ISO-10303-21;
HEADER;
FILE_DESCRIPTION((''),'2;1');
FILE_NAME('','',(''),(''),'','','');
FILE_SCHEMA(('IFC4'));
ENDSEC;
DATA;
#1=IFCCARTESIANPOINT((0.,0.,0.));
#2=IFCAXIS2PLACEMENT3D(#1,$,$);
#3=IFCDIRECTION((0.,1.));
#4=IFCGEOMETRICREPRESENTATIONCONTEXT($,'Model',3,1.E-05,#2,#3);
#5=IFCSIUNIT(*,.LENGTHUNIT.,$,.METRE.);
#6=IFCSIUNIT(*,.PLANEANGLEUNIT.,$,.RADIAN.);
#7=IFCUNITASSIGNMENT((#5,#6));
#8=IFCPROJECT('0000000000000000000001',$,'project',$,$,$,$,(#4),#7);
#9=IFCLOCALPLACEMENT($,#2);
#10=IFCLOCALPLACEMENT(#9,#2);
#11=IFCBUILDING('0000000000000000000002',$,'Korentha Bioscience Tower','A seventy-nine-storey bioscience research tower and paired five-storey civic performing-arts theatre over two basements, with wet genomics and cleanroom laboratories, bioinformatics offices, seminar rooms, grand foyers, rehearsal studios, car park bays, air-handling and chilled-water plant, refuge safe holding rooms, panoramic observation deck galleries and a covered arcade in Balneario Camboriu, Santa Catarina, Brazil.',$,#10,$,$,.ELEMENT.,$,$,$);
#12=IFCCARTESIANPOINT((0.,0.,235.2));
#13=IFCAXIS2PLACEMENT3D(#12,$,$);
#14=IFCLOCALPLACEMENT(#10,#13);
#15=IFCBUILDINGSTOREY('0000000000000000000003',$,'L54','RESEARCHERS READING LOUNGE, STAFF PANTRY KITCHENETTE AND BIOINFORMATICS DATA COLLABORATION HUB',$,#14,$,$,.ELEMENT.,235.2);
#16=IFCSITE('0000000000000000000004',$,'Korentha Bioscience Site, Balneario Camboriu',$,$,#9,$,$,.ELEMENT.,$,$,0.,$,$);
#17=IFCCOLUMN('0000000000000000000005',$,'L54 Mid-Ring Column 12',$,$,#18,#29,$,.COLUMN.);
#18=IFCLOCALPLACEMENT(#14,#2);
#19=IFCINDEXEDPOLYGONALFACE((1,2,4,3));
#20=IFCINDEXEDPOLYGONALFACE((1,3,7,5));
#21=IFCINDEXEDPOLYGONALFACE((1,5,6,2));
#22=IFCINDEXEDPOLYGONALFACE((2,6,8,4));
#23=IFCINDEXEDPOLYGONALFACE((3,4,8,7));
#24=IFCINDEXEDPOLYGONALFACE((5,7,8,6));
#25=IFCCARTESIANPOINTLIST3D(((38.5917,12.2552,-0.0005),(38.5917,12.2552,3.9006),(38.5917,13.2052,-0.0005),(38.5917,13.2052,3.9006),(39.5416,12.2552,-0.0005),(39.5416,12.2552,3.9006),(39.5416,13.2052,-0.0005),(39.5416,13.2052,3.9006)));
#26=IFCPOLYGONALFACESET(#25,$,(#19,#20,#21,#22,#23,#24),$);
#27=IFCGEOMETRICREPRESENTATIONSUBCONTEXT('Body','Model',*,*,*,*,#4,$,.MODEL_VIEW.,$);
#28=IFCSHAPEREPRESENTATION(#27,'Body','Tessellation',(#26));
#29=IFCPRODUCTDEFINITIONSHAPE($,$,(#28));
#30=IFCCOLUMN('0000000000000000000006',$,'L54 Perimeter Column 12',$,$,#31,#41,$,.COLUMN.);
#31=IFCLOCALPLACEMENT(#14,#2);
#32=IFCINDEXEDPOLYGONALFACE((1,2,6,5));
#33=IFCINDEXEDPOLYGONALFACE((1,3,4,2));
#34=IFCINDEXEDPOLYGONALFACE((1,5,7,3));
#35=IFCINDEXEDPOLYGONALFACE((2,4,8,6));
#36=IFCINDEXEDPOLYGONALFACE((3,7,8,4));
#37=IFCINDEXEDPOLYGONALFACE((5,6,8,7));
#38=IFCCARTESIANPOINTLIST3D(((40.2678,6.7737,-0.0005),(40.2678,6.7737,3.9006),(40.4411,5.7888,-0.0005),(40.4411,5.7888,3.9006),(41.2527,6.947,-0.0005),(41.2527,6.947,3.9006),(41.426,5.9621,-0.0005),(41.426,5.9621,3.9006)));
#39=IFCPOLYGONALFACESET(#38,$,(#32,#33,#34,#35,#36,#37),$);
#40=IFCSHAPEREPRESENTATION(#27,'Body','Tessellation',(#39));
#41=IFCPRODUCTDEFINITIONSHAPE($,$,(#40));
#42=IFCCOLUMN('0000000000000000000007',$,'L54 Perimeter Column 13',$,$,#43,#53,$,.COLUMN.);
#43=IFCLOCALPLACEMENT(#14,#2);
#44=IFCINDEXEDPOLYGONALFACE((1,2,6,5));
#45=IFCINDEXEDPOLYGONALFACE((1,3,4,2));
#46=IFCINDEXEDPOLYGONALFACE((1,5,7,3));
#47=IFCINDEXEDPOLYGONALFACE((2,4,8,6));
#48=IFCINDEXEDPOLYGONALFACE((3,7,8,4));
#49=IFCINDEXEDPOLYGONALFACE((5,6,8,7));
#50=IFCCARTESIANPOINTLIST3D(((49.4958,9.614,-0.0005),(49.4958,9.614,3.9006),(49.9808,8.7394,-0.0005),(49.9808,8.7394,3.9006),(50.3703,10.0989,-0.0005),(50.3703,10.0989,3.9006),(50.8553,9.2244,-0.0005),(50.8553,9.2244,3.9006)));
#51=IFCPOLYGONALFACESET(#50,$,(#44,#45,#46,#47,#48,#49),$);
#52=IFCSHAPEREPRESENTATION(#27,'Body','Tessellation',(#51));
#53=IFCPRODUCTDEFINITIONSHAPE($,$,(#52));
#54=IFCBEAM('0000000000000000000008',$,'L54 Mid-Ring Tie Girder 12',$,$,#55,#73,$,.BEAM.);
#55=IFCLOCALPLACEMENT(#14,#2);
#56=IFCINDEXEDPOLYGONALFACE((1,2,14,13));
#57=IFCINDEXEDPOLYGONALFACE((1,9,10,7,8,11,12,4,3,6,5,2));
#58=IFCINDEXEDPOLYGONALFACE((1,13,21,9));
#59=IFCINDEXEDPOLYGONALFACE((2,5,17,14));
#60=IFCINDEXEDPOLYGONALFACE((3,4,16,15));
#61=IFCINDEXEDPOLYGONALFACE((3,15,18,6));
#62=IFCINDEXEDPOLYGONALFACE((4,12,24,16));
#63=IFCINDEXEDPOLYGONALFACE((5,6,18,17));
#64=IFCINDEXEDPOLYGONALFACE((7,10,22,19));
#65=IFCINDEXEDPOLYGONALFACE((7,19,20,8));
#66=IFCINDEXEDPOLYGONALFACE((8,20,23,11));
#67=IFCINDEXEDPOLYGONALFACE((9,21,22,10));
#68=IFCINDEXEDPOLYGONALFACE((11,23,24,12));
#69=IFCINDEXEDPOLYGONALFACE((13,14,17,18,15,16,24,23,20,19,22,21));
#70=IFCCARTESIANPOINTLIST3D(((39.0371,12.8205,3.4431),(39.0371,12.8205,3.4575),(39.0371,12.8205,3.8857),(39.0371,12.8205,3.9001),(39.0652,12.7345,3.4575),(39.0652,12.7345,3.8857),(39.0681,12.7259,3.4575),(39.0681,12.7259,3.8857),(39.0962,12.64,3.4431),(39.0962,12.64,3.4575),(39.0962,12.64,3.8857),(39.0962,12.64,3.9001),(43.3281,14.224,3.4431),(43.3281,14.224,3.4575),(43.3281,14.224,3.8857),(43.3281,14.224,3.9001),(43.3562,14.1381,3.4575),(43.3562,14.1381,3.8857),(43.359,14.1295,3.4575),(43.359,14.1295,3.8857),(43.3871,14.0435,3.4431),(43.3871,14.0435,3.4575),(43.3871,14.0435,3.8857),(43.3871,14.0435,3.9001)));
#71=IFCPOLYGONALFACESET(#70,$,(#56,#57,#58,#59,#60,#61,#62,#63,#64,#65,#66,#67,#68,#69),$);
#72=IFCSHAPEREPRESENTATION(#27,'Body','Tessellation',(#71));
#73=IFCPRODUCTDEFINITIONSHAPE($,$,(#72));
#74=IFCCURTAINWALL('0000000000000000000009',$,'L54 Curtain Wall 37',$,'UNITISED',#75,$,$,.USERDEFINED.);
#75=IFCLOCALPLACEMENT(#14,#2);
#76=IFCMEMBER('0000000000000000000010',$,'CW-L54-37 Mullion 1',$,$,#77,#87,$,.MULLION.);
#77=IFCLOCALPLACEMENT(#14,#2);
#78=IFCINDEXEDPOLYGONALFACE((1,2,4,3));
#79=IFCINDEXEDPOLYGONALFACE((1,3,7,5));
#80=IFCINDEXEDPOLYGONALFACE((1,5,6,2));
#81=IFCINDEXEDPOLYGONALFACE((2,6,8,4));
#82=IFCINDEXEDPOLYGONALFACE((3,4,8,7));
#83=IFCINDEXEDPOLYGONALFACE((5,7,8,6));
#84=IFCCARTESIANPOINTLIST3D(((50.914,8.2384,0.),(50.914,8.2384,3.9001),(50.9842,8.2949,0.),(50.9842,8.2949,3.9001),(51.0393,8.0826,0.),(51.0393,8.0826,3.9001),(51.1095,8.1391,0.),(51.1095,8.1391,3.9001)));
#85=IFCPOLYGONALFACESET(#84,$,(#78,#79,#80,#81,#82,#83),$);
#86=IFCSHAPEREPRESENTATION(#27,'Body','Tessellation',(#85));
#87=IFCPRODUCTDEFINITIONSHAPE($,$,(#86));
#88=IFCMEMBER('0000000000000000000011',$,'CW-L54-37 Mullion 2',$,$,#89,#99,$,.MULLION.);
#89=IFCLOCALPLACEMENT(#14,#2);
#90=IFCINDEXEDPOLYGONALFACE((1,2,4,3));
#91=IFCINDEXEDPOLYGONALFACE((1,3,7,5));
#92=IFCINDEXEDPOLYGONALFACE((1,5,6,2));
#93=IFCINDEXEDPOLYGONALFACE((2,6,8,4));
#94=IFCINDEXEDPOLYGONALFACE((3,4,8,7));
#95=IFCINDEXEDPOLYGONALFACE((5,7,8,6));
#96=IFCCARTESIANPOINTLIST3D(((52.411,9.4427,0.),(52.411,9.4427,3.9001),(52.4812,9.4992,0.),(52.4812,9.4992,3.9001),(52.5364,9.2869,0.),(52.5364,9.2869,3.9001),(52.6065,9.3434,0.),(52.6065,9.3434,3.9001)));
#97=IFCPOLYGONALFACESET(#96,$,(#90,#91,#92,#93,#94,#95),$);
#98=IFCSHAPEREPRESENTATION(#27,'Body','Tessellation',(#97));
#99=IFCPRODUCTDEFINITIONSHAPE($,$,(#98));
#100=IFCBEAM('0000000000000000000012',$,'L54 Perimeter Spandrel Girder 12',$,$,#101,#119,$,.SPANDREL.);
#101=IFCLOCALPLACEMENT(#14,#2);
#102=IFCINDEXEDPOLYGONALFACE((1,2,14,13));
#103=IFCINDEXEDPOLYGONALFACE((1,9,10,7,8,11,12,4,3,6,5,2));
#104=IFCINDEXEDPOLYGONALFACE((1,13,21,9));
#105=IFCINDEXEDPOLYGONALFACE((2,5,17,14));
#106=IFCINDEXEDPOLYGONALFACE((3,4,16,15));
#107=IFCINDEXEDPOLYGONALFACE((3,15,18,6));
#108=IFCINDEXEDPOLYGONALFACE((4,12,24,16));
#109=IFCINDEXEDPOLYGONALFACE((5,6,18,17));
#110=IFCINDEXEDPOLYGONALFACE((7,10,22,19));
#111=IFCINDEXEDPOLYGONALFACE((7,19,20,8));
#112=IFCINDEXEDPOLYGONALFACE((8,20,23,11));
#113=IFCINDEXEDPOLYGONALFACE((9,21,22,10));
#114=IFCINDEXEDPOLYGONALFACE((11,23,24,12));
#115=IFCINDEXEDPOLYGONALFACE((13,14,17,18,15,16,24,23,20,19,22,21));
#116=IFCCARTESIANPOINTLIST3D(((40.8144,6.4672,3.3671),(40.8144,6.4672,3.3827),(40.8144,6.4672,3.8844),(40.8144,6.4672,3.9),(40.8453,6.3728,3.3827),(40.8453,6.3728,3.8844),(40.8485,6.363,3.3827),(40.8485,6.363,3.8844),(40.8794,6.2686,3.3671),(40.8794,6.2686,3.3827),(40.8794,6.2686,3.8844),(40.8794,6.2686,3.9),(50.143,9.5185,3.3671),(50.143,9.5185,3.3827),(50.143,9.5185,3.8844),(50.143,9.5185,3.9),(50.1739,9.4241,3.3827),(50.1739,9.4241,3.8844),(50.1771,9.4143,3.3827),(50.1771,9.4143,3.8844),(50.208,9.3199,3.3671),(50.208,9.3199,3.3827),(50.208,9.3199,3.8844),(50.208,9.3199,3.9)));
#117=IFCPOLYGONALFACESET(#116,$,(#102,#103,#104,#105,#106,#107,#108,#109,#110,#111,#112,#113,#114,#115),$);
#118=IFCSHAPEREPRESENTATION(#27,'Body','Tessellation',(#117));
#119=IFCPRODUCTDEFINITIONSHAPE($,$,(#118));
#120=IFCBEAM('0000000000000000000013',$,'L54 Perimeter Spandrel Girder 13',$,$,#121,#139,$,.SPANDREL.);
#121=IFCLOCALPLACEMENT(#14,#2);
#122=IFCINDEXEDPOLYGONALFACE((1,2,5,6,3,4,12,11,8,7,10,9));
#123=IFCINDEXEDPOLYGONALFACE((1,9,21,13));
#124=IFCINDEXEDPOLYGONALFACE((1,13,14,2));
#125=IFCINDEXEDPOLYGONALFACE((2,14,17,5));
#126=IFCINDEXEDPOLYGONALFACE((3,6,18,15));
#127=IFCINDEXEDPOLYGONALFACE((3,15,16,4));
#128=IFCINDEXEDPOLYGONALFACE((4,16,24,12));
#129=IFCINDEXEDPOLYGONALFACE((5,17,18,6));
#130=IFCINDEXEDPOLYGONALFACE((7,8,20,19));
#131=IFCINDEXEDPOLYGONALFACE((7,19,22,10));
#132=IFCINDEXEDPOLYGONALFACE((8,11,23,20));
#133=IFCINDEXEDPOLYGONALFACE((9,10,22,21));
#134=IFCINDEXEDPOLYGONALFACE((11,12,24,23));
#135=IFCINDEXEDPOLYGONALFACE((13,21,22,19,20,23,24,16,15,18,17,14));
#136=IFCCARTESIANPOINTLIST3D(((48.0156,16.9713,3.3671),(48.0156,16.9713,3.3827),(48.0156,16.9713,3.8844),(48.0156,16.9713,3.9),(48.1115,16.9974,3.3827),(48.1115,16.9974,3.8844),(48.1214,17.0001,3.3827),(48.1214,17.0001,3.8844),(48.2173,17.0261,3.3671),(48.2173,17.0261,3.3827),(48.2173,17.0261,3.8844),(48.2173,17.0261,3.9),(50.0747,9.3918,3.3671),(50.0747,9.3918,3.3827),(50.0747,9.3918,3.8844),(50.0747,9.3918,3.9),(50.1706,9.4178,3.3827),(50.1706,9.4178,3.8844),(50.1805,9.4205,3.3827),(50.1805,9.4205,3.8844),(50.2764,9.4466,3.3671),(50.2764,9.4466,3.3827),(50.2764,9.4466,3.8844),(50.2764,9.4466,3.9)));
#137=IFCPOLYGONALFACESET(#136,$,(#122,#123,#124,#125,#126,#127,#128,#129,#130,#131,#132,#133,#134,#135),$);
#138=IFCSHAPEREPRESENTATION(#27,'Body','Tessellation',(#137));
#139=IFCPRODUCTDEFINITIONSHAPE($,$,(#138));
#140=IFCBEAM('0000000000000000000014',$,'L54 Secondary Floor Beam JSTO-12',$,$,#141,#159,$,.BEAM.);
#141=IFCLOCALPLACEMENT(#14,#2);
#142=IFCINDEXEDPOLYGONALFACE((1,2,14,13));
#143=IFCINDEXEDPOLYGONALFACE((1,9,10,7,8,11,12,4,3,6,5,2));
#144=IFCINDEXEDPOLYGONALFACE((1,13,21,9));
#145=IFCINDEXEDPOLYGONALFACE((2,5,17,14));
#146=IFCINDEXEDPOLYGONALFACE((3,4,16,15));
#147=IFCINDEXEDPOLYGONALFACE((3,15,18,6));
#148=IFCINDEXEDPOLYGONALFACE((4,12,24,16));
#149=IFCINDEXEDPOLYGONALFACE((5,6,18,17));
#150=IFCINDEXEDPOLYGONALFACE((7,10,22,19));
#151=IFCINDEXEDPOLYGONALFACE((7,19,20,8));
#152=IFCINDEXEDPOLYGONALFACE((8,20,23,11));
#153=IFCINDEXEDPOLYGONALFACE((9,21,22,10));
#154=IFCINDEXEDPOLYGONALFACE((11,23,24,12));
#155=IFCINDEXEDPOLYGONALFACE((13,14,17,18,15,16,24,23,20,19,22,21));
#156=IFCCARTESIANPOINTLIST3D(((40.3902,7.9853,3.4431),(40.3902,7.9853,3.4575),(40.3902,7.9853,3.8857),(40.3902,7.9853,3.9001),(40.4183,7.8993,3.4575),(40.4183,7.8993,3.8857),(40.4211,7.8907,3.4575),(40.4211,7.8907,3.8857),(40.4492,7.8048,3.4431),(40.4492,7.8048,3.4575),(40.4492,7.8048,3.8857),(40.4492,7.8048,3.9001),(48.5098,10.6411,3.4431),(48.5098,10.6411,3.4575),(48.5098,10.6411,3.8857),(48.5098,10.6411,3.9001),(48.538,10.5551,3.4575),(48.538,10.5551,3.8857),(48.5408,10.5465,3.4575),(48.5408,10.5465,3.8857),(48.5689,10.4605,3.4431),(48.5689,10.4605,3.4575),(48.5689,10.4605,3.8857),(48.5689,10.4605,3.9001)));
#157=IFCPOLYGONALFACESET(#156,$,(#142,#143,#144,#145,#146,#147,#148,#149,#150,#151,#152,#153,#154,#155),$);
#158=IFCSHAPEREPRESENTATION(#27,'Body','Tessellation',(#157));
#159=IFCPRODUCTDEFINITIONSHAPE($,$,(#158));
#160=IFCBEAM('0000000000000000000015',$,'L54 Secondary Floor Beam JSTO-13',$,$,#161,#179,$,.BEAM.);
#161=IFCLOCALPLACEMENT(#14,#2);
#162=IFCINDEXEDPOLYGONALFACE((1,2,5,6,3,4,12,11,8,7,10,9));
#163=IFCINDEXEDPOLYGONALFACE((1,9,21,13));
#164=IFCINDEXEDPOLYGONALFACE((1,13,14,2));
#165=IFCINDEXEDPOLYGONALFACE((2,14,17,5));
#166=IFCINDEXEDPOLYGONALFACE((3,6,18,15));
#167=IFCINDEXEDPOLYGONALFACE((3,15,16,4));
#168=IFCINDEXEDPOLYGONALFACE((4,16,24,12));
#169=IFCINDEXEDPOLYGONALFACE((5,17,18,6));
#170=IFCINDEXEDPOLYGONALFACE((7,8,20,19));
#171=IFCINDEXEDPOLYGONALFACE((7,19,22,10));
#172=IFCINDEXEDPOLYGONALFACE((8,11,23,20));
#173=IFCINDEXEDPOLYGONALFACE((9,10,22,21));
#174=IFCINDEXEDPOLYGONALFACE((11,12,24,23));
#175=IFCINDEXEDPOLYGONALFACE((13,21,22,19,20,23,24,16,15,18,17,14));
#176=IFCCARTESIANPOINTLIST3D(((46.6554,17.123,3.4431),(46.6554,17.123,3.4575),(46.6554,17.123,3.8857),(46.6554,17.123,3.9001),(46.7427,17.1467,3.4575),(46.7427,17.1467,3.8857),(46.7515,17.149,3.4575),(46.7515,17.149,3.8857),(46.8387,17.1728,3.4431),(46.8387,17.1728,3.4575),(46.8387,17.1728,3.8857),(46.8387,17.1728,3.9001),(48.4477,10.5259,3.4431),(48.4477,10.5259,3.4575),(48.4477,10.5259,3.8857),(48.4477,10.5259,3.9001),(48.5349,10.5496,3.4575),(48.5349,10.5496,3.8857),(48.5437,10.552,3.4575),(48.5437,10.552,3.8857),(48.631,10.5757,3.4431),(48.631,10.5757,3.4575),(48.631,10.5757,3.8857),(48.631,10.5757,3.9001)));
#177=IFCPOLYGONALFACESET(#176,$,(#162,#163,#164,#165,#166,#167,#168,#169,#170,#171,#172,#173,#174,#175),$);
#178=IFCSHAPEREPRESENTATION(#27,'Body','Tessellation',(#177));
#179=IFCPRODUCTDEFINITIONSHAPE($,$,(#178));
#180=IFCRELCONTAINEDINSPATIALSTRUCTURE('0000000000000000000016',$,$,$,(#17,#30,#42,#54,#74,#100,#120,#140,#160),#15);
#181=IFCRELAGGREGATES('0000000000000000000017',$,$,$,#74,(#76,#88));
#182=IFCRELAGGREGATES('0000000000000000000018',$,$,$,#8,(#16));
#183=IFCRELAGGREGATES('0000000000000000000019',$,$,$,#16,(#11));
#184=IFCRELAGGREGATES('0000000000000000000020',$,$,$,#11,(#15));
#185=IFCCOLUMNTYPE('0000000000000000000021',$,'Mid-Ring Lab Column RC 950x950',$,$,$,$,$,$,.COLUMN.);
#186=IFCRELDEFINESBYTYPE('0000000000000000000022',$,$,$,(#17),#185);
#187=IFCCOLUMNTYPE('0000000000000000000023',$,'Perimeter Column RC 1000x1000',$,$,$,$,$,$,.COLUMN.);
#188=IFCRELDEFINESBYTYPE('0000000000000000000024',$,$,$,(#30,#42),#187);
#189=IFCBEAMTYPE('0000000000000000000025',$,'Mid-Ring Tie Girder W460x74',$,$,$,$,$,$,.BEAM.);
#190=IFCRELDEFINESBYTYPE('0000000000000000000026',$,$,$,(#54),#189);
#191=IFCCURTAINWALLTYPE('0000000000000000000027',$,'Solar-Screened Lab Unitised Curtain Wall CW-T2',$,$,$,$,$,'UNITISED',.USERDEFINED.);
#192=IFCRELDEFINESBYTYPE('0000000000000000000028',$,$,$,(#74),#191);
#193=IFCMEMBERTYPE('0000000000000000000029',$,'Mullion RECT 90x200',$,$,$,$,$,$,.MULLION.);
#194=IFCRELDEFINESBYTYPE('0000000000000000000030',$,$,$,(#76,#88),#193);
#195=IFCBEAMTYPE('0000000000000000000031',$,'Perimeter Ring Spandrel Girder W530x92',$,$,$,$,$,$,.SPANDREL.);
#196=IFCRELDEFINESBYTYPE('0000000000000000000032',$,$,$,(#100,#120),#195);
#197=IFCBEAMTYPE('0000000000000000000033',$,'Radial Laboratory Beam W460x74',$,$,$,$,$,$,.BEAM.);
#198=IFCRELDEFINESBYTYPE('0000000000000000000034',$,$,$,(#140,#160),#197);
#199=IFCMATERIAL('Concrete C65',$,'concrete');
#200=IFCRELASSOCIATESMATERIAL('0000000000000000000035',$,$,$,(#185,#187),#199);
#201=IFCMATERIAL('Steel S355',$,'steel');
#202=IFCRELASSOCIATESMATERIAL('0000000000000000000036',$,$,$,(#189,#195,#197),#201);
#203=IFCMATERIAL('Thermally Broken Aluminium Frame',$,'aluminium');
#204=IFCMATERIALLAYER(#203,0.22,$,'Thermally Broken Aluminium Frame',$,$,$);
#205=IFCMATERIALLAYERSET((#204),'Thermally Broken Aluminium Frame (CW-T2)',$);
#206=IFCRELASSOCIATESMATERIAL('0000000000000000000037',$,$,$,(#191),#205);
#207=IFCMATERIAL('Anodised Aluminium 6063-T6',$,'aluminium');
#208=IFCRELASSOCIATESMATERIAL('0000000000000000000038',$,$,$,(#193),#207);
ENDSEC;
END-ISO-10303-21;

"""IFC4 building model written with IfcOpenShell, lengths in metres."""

from ifc_helpers import new_model, si_unit, direction, frame, origin, origin_2d, place, context, subcontext, project, spatial, rectangle, i_section, extrude, material, layer, layer_set, material_profile, profile_set, type_object, element, aggregate, save


model = new_model("IFC4")

# Units and contexts
model_context = context("Model", 3, precision=1e-05, world=origin(), true_north=direction((0.0, 1.0)))
body_context = subcontext(model_context, "Body", "Model", "MODEL_VIEW")
ifc_project = project(units=[si_unit("LENGTHUNIT", "METRE"), si_unit("PLANEANGLEUNIT", "RADIAN")], contexts=[model_context])

# Site, building, storey
site_placement = place(None, origin())
site = spatial("IfcSite", under=ifc_project, at=site_placement, Name="Korentha Bioscience Site, Balneario Camboriu", CompositionType="ELEMENT", RefElevation=0.0)
building_placement = place(site_placement, origin())
building = spatial("IfcBuilding", under=site, at=building_placement, Name="Korentha Bioscience Tower", Description="A seventy-nine-storey bioscience research tower and paired five-storey civic performing-arts theatre over two basements, with wet genomics and cleanroom laboratories, bioinformatics offices, seminar rooms, grand foyers, rehearsal studios, car park bays, air-handling and chilled-water plant, refuge safe holding rooms, panoramic observation deck galleries and a covered arcade in Balneario Camboriu, Santa Catarina, Brazil.", CompositionType="ELEMENT")
storey_placement = place(building_placement, frame((0.0, 0.0, 235.2)))
storey = spatial("IfcBuildingStorey", under=building, at=storey_placement, Name="L54", Description="RESEARCHERS READING LOUNGE, STAFF PANTRY KITCHENETTE AND BIOINFORMATICS DATA COLLABORATION HUB", CompositionType="ELEMENT", Elevation=235.2)

# Columns
ifc_material_1 = material(Name="Concrete C65", Category="concrete")
ifc_material_profile_1 = material_profile(ifc_material_1, rectangle(XDim=0.95, YDim=0.95, at=origin_2d()), Name="Concrete C65")
ifc_profile_set_1 = profile_set([ifc_material_profile_1], Name="Concrete C65 (COL-MR09)")
column_type_1 = type_object("IfcColumnType", Name="Mid-Ring Lab Column RC 950x950", PredefinedType="COLUMN", material=ifc_profile_set_1)
column_placement = place(storey_placement, frame((39.0667, 12.7302, -0.0005), z_axis=(0.0, 0.0, 1.0), x_axis=(1.0, 0.0, 0.0)))
element("IfcColumn", 1, at=column_placement, inside=storey, type_object=column_type_1, Name="L54 Mid-Ring Column 12", PredefinedType="COLUMN", context=body_context, shape_type="SweptSolid", body=[
    extrude(rectangle(XDim=0.95, YDim=0.95, at=origin_2d()), origin(), (0.0, 0.0, 1.0), 3.9011),
])
ifc_material_profile_2 = material_profile(ifc_material_1, rectangle(XDim=1.0, YDim=1.0, at=origin_2d()), Name="Concrete C65")
ifc_profile_set_2 = profile_set([ifc_material_profile_2], Name="Concrete C65 (COL-P10)")
column_type_2 = type_object("IfcColumnType", Name="Perimeter Column RC 1000x1000", PredefinedType="COLUMN", material=ifc_profile_set_2)
for number, where, z_axis, x_axis, name in (
    (2, (40.8469, 6.3679, -0.0005), (0.0, 0.0, 1.0), (0.984868, 0.173304, 0.0), "L54 Perimeter Column 12"),
    (3, (50.1755, 9.4192, -0.0005), (0.0, 0.0, 1.0), (0.874535, 0.484962, 0.0), "L54 Perimeter Column 13"),
):
    element("IfcColumn", number, at=place(storey_placement, frame(where, z_axis=z_axis, x_axis=x_axis)), inside=storey, type_object=column_type_2, Name=name, PredefinedType="COLUMN", context=body_context, shape_type="SweptSolid", body=[
        extrude(rectangle(XDim=1.0, YDim=1.0, at=origin_2d()), origin(), (0.0, 0.0, 1.0), 3.9011),
    ])

# Beam
ifc_material_2 = material(Name="Steel S355", Category="steel")
ifc_material_profile_3 = material_profile(ifc_material_2, i_section(OverallWidth=0.1899, OverallDepth=0.457, WebThickness=0.009, FlangeThickness=0.0144, at=origin_2d()), Name="Steel S355")
ifc_profile_set_3 = profile_set([ifc_material_profile_3], Name="Steel S355 (MB-460)")
beam_type_1 = type_object("IfcBeamType", Name="Mid-Ring Tie Girder W460x74", PredefinedType="BEAM", material=ifc_profile_set_3)
beam_1_placement = place(storey_placement, frame((39.0667, 12.7302, 3.6716), z_axis=(0.950447, 0.310885, 0.0), x_axis=(-0.310885, 0.950447, 0.0)))
element("IfcBeam", 4, at=beam_1_placement, inside=storey, type_object=beam_type_1, Name="L54 Mid-Ring Tie Girder 12", PredefinedType="BEAM", context=body_context, shape_type="SweptSolid", body=[
    extrude(i_section(OverallWidth=0.1899, OverallDepth=0.457, WebThickness=0.009, FlangeThickness=0.0144, at=origin_2d()), origin(), (0.0, 0.0, 1.0), 4.5146),
])

# Curtain wall, members
ifc_material_3 = material(Name="Thermally Broken Aluminium Frame", Category="aluminium")
ifc_layer_1 = layer(ifc_material_3, 0.22, Name="Thermally Broken Aluminium Frame")
ifc_layer_set_1 = layer_set([ifc_layer_1], Name="Thermally Broken Aluminium Frame (CW-T2)")
curtain_wall_type = type_object("IfcCurtainWallType", Name="Solar-Screened Lab Unitised Curtain Wall CW-T2", ElementType="UNITISED", PredefinedType="USERDEFINED", material=ifc_layer_set_1)
curtain_wall_placement = place(storey_placement, origin())
curtain_wall = element("IfcCurtainWall", 5, at=curtain_wall_placement, inside=storey, type_object=curtain_wall_type, Name="L54 Curtain Wall 37", ObjectType="UNITISED", PredefinedType="USERDEFINED")
ifc_material_4 = material(Name="Anodised Aluminium 6063-T6", Category="aluminium")
ifc_material_profile_4 = material_profile(ifc_material_4, rectangle(XDim=0.0901, YDim=0.2, at=origin_2d()), Name="Anodised Aluminium 6063-T6")
ifc_profile_set_4 = profile_set([ifc_material_profile_4], Name="Anodised Aluminium 6063-T6 (CW-MUL)")
member_type_1 = type_object("IfcMemberType", Name="Mullion RECT 90x200", PredefinedType="MULLION", material=ifc_profile_set_4)
member_1_placement = place(storey_placement, frame((51.0117, 8.1887, 0.0), z_axis=(0.0, 0.0, 1.0), x_axis=(0.779198, 0.626778, 0.0)))
member_1 = element("IfcMember", 6, at=member_1_placement, type_object=member_type_1, Name="CW-L54-37 Mullion 1", PredefinedType="MULLION", context=body_context, shape_type="SweptSolid", body=[
    extrude(rectangle(XDim=0.0901, YDim=0.2, at=origin_2d()), origin(), (0.0, 0.0, 1.0), 3.9001),
])
member_2_placement = place(storey_placement, frame((52.5088, 9.3931, 0.0), z_axis=(0.0, 0.0, 1.0), x_axis=(0.779198, 0.626778, 0.0)))
member_2 = element("IfcMember", 7, at=member_2_placement, type_object=member_type_1, Name="CW-L54-37 Mullion 2", PredefinedType="MULLION", context=body_context, shape_type="SweptSolid", body=[
    extrude(rectangle(XDim=0.0901, YDim=0.2, at=origin_2d()), origin(), (0.0, 0.0, 1.0), 3.9001),
])

# Beams
ifc_material_profile_5 = material_profile(ifc_material_2, i_section(OverallWidth=0.209, OverallDepth=0.533, WebThickness=0.0103, FlangeThickness=0.0156, at=origin_2d()), Name="Steel S355")
ifc_profile_set_5 = profile_set([ifc_material_profile_5], Name="Steel S355 (SB-530)")
beam_type_2 = type_object("IfcBeamType", Name="Perimeter Ring Spandrel Girder W530x92", PredefinedType="SPANDREL", material=ifc_profile_set_5)
beam_2_placement = place(storey_placement, frame((40.8469, 6.3679, 3.6335), z_axis=(0.950449, 0.31088, 0.0), x_axis=(-0.31088, 0.950449, 0.0)))
element("IfcBeam", 8, at=beam_2_placement, inside=storey, type_object=beam_type_2, Name="L54 Perimeter Spandrel Girder 12", PredefinedType="SPANDREL", context=body_context, shape_type="SweptSolid", body=[
    extrude(i_section(OverallWidth=0.209, OverallDepth=0.533, WebThickness=0.0103, FlangeThickness=0.0156, at=origin_2d()), origin(), (0.0, 0.0, 1.0), 9.8149),
])
beam_3_placement = place(storey_placement, frame((50.1755, 9.4192, 3.6335), z_axis=(-0.26216, 0.965024, 0.0), x_axis=(-0.965024, -0.26216, 0.0)))
element("IfcBeam", 9, at=beam_3_placement, inside=storey, type_object=beam_type_2, Name="L54 Perimeter Spandrel Girder 13", PredefinedType="SPANDREL", context=body_context, shape_type="SweptSolid", body=[
    extrude(i_section(OverallWidth=0.209, OverallDepth=0.533, WebThickness=0.0103, FlangeThickness=0.0156, at=origin_2d()), origin(), (0.0, 0.0, 1.0), 7.8542),
])
ifc_material_profile_6 = material_profile(ifc_material_2, i_section(OverallWidth=0.1899, OverallDepth=0.457, WebThickness=0.009, FlangeThickness=0.0144, at=origin_2d()), Name="Steel S355")
ifc_profile_set_6 = profile_set([ifc_material_profile_6], Name="Steel S355 (RB-460)")
beam_type_3 = type_object("IfcBeamType", Name="Radial Laboratory Beam W460x74", PredefinedType="BEAM", material=ifc_profile_set_6)
beam_4_placement = place(storey_placement, frame((40.4197, 7.895, 3.6716), z_axis=(0.950451, 0.310873, 0.0), x_axis=(-0.310873, 0.950451, 0.0)))
element("IfcBeam", 10, at=beam_4_placement, inside=storey, type_object=beam_type_3, Name="L54 Secondary Floor Beam JSTO-12", PredefinedType="BEAM", context=body_context, shape_type="SweptSolid", body=[
    extrude(i_section(OverallWidth=0.1899, OverallDepth=0.457, WebThickness=0.009, FlangeThickness=0.0144, at=origin_2d()), origin(), (0.0, 0.0, 1.0), 8.543),
])
beam_5_placement = place(storey_placement, frame((48.5393, 10.5508, 3.6716), z_axis=(-0.262165, 0.965023, 0.0), x_axis=(-0.965023, -0.262165, 0.0)))
element("IfcBeam", 11, at=beam_5_placement, inside=storey, type_object=beam_type_3, Name="L54 Secondary Floor Beam JSTO-13", PredefinedType="BEAM", context=body_context, shape_type="SweptSolid", body=[
    extrude(i_section(OverallWidth=0.1899, OverallDepth=0.457, WebThickness=0.009, FlangeThickness=0.0144, at=origin_2d()), origin(), (0.0, 0.0, 1.0), 6.8362),
])

aggregate(curtain_wall, [member_1, member_2])

save(model, "model.ifc")
